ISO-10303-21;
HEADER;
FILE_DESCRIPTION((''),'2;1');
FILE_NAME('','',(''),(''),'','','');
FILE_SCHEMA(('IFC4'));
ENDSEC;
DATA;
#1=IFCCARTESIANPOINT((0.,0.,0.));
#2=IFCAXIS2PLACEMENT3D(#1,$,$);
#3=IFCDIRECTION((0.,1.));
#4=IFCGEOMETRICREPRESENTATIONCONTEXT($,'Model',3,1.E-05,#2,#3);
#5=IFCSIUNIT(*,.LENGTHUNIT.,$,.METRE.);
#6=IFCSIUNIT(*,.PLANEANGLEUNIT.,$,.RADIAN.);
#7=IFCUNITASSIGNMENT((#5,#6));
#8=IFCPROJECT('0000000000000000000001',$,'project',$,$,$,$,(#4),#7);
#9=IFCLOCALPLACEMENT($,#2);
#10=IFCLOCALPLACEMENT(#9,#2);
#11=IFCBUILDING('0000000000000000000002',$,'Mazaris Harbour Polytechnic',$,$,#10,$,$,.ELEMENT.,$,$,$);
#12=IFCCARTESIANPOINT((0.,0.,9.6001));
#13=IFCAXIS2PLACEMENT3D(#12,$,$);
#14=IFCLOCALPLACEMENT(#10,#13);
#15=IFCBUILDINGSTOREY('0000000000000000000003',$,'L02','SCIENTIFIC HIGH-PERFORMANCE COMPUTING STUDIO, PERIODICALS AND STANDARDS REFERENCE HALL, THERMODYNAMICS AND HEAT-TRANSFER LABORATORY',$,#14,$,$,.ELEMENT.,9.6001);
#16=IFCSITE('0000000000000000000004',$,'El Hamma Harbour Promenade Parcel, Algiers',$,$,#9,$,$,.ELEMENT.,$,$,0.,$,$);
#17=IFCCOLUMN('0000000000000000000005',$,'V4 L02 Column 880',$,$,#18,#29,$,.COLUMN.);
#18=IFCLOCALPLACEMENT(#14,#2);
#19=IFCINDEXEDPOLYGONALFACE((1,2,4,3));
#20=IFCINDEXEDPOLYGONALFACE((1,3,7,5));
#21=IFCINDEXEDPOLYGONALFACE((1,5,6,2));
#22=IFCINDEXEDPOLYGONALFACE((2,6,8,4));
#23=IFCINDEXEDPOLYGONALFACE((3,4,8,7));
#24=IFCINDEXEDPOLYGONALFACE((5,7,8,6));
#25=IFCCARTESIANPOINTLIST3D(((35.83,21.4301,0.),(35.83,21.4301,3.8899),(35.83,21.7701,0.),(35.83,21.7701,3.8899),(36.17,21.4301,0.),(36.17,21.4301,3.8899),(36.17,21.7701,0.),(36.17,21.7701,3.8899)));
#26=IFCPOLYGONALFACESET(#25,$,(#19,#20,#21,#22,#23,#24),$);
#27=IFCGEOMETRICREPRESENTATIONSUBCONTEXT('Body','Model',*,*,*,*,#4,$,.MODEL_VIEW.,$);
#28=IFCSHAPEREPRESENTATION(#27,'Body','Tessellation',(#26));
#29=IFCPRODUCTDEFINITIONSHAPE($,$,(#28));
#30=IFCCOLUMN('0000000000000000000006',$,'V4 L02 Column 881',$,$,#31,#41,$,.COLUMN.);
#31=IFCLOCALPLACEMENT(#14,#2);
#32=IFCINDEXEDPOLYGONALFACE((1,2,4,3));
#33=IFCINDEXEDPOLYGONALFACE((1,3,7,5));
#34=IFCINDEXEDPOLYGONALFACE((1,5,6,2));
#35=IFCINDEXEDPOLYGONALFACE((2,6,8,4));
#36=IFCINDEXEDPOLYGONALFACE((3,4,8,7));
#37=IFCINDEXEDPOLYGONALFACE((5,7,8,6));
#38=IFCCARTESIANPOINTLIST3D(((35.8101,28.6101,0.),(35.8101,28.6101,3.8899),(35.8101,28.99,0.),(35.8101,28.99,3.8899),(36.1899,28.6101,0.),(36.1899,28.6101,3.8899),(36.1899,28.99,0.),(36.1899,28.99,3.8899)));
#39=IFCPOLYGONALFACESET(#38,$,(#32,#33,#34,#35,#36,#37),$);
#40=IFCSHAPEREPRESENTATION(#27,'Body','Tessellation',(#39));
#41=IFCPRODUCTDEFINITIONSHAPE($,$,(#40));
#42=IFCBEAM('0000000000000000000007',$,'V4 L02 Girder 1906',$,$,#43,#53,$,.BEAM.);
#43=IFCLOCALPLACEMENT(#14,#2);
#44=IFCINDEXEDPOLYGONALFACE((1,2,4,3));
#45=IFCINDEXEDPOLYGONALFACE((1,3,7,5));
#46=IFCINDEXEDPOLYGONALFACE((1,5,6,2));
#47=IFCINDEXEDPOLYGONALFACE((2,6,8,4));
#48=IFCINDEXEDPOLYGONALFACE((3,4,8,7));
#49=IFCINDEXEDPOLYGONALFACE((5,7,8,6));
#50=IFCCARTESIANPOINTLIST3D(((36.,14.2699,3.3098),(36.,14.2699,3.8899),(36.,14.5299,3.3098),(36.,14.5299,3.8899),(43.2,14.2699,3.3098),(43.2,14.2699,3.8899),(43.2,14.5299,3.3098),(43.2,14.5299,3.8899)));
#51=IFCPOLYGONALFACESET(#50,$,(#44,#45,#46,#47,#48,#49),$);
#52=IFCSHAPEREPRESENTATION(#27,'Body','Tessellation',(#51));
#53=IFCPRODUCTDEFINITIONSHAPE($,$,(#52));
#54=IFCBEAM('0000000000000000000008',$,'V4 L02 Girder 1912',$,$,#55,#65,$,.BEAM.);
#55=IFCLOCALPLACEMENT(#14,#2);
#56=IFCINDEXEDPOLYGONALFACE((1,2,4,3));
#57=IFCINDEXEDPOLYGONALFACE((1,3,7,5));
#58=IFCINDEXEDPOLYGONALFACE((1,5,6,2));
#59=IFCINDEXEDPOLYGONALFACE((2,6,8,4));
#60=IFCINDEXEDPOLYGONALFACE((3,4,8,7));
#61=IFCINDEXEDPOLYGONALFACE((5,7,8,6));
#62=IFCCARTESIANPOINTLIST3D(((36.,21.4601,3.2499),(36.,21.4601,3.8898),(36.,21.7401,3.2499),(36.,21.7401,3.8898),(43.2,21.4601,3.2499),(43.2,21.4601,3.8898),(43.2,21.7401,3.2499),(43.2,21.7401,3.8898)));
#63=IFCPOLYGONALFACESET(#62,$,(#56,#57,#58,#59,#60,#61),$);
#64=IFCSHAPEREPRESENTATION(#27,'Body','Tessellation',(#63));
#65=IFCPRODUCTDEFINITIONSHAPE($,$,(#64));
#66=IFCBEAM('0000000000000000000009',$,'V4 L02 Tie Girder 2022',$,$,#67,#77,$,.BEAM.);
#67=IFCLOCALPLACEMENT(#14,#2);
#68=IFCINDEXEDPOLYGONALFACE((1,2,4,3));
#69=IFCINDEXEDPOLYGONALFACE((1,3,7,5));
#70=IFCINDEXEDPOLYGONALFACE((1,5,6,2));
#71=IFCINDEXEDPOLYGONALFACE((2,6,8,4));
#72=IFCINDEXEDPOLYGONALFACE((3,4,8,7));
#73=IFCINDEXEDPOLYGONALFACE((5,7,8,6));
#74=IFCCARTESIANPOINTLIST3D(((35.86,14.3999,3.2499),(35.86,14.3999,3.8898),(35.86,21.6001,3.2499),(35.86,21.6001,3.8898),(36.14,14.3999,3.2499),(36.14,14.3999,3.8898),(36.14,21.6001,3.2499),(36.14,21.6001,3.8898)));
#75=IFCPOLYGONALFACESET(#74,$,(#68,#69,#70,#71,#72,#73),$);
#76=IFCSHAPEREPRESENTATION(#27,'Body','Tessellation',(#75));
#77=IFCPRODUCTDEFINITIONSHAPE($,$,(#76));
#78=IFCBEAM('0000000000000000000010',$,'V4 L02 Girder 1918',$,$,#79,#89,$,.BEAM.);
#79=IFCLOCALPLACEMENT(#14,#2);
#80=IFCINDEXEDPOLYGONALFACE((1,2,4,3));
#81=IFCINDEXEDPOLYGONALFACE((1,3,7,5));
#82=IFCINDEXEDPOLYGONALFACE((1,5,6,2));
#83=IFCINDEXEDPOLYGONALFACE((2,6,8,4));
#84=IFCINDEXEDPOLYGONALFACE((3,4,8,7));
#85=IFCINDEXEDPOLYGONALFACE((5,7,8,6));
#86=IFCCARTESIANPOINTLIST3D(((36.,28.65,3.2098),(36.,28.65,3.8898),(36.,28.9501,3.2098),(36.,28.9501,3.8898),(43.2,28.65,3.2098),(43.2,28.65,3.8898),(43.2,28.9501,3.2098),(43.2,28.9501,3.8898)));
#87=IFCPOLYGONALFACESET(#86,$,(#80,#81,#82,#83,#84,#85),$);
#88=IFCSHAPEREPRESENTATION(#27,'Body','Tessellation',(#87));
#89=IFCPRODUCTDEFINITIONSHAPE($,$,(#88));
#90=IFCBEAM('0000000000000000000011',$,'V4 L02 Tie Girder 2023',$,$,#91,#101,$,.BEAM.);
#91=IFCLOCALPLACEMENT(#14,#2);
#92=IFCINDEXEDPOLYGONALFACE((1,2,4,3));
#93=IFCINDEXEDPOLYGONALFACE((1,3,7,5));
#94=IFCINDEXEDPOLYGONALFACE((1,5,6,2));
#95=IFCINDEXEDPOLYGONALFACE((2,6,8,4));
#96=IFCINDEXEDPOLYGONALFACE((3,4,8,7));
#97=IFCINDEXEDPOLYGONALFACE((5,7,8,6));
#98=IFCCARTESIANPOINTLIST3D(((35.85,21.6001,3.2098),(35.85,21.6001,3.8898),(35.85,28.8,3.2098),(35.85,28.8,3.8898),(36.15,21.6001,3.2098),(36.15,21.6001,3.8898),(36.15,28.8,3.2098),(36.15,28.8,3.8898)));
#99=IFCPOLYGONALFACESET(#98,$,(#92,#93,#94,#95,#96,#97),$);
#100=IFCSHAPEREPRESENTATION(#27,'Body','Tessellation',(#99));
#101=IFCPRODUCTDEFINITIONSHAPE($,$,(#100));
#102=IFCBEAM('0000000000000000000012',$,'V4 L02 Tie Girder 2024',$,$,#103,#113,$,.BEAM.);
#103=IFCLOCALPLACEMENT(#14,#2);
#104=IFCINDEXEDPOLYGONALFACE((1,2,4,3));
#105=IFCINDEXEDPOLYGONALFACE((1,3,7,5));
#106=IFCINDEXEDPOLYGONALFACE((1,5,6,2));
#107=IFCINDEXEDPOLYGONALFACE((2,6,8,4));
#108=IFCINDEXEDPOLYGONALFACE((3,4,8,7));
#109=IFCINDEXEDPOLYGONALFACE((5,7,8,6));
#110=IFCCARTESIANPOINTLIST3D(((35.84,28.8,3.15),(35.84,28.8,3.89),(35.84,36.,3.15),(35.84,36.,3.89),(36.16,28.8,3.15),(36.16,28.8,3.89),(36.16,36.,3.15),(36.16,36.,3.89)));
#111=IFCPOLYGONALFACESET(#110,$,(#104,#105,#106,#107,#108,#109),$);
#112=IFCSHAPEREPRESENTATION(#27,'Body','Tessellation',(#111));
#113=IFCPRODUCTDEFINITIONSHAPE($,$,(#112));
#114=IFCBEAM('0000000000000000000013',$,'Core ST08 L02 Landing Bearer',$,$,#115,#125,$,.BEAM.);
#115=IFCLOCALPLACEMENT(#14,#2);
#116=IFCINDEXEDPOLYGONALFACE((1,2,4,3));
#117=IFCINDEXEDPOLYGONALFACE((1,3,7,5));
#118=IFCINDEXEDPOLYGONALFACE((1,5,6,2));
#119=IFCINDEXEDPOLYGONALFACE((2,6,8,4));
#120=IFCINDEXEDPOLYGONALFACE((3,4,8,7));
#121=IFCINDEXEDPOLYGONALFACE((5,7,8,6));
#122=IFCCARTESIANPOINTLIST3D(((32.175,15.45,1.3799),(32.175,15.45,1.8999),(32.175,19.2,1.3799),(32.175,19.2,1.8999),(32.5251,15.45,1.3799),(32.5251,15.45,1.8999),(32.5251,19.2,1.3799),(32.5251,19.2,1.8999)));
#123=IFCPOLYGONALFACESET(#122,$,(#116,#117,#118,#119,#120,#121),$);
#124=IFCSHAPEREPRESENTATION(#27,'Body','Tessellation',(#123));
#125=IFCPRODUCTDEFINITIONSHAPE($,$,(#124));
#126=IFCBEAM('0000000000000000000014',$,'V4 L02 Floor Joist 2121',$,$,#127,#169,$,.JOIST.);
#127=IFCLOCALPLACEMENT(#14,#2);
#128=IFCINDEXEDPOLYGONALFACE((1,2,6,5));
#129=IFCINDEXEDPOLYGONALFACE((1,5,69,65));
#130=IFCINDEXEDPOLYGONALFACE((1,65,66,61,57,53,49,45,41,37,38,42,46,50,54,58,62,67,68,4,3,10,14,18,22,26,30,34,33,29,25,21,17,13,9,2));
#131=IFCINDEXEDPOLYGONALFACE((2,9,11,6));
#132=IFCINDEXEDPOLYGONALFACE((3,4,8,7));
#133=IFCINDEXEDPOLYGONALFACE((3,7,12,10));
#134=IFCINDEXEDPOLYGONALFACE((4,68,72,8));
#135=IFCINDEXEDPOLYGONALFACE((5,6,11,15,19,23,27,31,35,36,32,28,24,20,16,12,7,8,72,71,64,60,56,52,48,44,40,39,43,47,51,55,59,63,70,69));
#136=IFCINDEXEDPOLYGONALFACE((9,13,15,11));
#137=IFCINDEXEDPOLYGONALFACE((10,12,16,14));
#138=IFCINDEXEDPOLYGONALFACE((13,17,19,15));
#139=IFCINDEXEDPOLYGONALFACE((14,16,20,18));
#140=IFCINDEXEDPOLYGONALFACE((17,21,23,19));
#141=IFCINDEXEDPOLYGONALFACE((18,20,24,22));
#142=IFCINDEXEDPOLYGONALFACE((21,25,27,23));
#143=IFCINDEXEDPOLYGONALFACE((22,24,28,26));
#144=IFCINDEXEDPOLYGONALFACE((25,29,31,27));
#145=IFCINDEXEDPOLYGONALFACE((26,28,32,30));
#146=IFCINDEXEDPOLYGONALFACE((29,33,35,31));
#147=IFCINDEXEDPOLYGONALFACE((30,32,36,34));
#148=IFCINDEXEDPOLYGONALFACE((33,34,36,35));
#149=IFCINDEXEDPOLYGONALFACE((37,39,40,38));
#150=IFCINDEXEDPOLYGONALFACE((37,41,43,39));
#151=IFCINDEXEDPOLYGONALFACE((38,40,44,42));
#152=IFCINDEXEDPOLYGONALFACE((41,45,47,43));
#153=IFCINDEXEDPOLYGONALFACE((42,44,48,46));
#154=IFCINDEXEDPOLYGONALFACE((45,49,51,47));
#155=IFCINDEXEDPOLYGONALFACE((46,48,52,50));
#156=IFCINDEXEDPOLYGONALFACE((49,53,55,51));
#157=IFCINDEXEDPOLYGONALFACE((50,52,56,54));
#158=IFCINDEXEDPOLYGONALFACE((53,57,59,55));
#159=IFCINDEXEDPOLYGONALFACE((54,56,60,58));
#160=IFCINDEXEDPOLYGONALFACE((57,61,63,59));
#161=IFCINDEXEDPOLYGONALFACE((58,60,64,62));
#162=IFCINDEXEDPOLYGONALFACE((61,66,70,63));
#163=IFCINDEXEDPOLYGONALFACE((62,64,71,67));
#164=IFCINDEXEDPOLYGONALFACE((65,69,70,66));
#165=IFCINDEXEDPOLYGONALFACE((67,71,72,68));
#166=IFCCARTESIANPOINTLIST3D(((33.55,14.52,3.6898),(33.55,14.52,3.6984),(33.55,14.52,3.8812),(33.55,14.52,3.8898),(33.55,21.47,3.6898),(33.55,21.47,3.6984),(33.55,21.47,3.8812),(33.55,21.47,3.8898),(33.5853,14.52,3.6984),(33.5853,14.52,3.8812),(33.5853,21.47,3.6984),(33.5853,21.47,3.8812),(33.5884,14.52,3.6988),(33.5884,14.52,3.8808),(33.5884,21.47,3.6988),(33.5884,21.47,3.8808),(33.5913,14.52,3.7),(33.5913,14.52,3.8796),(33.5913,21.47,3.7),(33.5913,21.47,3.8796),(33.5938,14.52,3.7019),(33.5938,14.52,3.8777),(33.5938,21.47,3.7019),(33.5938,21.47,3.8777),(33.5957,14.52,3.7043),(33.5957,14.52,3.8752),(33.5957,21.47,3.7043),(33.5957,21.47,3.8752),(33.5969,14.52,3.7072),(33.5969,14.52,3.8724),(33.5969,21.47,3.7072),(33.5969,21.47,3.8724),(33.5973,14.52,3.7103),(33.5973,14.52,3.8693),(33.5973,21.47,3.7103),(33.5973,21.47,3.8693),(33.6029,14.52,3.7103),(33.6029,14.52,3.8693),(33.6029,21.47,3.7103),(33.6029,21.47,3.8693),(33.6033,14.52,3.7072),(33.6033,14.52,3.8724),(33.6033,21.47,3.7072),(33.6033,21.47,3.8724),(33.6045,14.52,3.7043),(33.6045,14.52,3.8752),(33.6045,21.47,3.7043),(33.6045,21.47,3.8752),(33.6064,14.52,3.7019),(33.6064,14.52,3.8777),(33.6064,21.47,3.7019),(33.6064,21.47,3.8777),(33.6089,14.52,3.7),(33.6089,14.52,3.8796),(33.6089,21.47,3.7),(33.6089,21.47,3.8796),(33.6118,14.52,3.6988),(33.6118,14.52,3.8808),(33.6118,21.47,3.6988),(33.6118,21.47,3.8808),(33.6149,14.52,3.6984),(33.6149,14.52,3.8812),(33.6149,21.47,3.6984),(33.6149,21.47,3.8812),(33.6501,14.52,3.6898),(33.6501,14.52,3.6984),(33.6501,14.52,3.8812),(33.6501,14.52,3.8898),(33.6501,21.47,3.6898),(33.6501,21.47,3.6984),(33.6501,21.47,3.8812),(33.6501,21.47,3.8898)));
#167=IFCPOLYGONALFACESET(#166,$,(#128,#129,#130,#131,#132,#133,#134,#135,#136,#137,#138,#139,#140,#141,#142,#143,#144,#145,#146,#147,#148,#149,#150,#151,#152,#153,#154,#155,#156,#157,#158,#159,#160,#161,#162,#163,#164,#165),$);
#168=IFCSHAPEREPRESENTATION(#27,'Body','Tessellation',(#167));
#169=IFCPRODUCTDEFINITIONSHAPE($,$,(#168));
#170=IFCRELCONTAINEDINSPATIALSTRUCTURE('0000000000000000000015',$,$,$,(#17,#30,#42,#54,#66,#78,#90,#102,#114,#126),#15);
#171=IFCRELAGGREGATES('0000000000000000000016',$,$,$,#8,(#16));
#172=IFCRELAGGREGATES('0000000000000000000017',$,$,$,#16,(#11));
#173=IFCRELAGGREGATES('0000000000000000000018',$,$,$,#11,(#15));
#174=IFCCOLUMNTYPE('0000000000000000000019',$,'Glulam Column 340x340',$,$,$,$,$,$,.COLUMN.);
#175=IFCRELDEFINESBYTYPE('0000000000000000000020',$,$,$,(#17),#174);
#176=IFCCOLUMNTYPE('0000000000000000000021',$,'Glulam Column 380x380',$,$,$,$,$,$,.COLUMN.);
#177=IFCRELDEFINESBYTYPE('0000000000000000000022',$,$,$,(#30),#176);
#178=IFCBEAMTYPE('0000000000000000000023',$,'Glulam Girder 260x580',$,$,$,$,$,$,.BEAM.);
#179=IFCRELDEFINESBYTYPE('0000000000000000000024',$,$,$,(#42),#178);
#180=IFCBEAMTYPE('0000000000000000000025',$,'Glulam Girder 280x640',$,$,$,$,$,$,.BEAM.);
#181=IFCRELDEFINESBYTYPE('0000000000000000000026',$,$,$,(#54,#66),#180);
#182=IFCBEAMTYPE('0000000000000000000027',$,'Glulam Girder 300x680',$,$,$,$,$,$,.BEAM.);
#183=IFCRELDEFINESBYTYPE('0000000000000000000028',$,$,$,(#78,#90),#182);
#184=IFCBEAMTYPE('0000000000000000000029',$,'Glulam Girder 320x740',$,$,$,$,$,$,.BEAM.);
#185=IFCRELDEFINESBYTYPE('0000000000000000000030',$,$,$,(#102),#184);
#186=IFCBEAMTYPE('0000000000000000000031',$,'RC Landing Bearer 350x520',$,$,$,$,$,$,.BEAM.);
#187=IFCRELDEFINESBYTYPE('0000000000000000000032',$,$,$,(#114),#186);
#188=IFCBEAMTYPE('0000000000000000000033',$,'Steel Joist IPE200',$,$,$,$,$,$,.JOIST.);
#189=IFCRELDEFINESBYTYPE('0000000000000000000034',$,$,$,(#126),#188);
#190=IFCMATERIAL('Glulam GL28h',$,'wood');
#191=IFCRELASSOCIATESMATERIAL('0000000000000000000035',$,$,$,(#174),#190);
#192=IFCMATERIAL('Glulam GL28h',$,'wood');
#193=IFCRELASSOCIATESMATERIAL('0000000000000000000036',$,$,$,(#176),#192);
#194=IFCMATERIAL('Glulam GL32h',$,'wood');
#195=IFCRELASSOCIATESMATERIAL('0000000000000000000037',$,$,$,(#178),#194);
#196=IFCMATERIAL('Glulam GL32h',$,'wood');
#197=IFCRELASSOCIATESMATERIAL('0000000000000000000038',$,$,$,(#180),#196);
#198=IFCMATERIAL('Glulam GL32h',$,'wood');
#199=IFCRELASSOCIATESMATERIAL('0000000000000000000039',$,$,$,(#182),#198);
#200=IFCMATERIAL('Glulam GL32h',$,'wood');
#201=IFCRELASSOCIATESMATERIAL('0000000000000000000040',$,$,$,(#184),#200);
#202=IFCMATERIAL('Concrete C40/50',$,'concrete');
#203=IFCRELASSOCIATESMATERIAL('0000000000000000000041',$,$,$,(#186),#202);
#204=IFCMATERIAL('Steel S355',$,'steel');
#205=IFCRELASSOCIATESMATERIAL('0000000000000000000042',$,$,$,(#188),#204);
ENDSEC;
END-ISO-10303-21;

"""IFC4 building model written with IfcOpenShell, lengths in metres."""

from ifc_helpers import new_model, si_unit, direction, frame, origin, origin_2d, place, context, subcontext, project, spatial, rectangle, i_section, extrude, material, material_profile, profile_set, type_object, element, save


model = new_model("IFC4")

# Units and contexts
model_context = context("Model", 3, precision=1e-05, world=origin(), true_north=direction((0.0, 1.0)))
body_context = subcontext(model_context, "Body", "Model", "MODEL_VIEW")
ifc_project = project(units=[si_unit("LENGTHUNIT", "METRE"), si_unit("PLANEANGLEUNIT", "RADIAN")], contexts=[model_context])

# Site, building, storey
site_placement = place(None, origin())
site = spatial("IfcSite", under=ifc_project, at=site_placement, Name="El Hamma Harbour Promenade Parcel, Algiers", CompositionType="ELEMENT", RefElevation=0.0)
building_placement = place(site_placement, origin())
building = spatial("IfcBuilding", under=site, at=building_placement, Name="Mazaris Harbour Polytechnic", CompositionType="ELEMENT")
storey_placement = place(building_placement, frame((0.0, 0.0, 9.6001)))
storey = spatial("IfcBuildingStorey", under=building, at=storey_placement, Name="L02", Description="SCIENTIFIC HIGH-PERFORMANCE COMPUTING STUDIO, PERIODICALS AND STANDARDS REFERENCE HALL, THERMODYNAMICS AND HEAT-TRANSFER LABORATORY", CompositionType="ELEMENT", Elevation=9.6001)

# Columns
ifc_material_1 = material(Name="Glulam GL28h", Category="wood")
ifc_material_profile_1 = material_profile(ifc_material_1, rectangle(XDim=0.3401, YDim=0.3401, at=origin_2d()), Name="RECT340x340")
ifc_profile_set_1 = profile_set([ifc_material_profile_1], Name="Glulam GL28h")
column_type_1 = type_object("IfcColumnType", Name="Glulam Column 340x340", PredefinedType="COLUMN", material=ifc_profile_set_1)
column_1_placement = place(storey_placement, frame((36.0, 21.6001, 0.0), z_axis=(0.0, 0.0, 1.0), x_axis=(1.0, 0.0, 0.0)))
element("IfcColumn", 1, at=column_1_placement, inside=storey, type_object=column_type_1, Name="V4 L02 Column 880", PredefinedType="COLUMN", context=body_context, shape_type="SweptSolid", body=[
    extrude(rectangle(XDim=0.3401, YDim=0.3401, at=origin_2d()), origin(), (0.0, 0.0, 1.0), 3.8899),
])
ifc_material_2 = material(Name="Glulam GL28h", Category="wood")
ifc_material_profile_2 = material_profile(ifc_material_2, rectangle(XDim=0.3799, YDim=0.3799, at=origin_2d()), Name="RECT380x380")
ifc_profile_set_2 = profile_set([ifc_material_profile_2], Name="Glulam GL28h")
column_type_2 = type_object("IfcColumnType", Name="Glulam Column 380x380", PredefinedType="COLUMN", material=ifc_profile_set_2)
column_2_placement = place(storey_placement, frame((36.0, 28.8, 0.0), z_axis=(0.0, 0.0, 1.0), x_axis=(1.0, 0.0, 0.0)))
element("IfcColumn", 2, at=column_2_placement, inside=storey, type_object=column_type_2, Name="V4 L02 Column 881", PredefinedType="COLUMN", context=body_context, shape_type="SweptSolid", body=[
    extrude(rectangle(XDim=0.3799, YDim=0.3799, at=origin_2d()), origin(), (0.0, 0.0, 1.0), 3.8899),
])

# Beams
ifc_material_3 = material(Name="Glulam GL32h", Category="wood")
ifc_material_profile_3 = material_profile(ifc_material_3, rectangle(XDim=0.26, YDim=0.5801, at=origin_2d()), Name="RECT260x580")
ifc_profile_set_3 = profile_set([ifc_material_profile_3], Name="Glulam GL32h")
beam_type_1 = type_object("IfcBeamType", Name="Glulam Girder 260x580", PredefinedType="BEAM", material=ifc_profile_set_3)
beam_1_placement = place(storey_placement, frame((36.0, 14.3999, 3.5999), z_axis=(1.0, 0.0, 0.0), x_axis=(0.0, 1.0, 0.0)))
element("IfcBeam", 3, at=beam_1_placement, inside=storey, type_object=beam_type_1, Name="V4 L02 Girder 1906", PredefinedType="BEAM", context=body_context, shape_type="SweptSolid", body=[
    extrude(rectangle(XDim=0.26, YDim=0.5801, at=origin_2d()), origin(), (0.0, 0.0, 1.0), 7.2),
])
ifc_material_4 = material(Name="Glulam GL32h", Category="wood")
ifc_material_profile_4 = material_profile(ifc_material_4, rectangle(XDim=0.28, YDim=0.6399, at=origin_2d()), Name="RECT280x640")
ifc_profile_set_4 = profile_set([ifc_material_profile_4], Name="Glulam GL32h")
beam_type_2 = type_object("IfcBeamType", Name="Glulam Girder 280x640", PredefinedType="BEAM", material=ifc_profile_set_4)
beam_2_placement = place(storey_placement, frame((36.0, 21.6001, 3.5698), z_axis=(1.0, 0.0, 0.0), x_axis=(0.0, 1.0, 0.0)))
element("IfcBeam", 4, at=beam_2_placement, inside=storey, type_object=beam_type_2, Name="V4 L02 Girder 1912", PredefinedType="BEAM", context=body_context, shape_type="SweptSolid", body=[
    extrude(rectangle(XDim=0.28, YDim=0.6399, at=origin_2d()), origin(), (0.0, 0.0, 1.0), 7.2),
])
beam_3_placement = place(storey_placement, frame((36.0, 14.3999, 3.5698), z_axis=(0.0, 1.0, 0.0), x_axis=(-1.0, 0.0, 0.0)))
element("IfcBeam", 5, at=beam_3_placement, inside=storey, type_object=beam_type_2, Name="V4 L02 Tie Girder 2022", PredefinedType="BEAM", context=body_context, shape_type="SweptSolid", body=[
    extrude(rectangle(XDim=0.28, YDim=0.6399, at=origin_2d()), origin(), (0.0, 0.0, 1.0), 7.2002),
])
ifc_material_5 = material(Name="Glulam GL32h", Category="wood")
ifc_material_profile_5 = material_profile(ifc_material_5, rectangle(XDim=0.3, YDim=0.6799, at=origin_2d()), Name="RECT300x680")
ifc_profile_set_5 = profile_set([ifc_material_profile_5], Name="Glulam GL32h")
beam_type_3 = type_object("IfcBeamType", Name="Glulam Girder 300x680", PredefinedType="BEAM", material=ifc_profile_set_5)
for number, where, z_axis, x_axis, name in (
    (6, (36.0, 28.8, 3.5498), (1.0, 0.0, 0.0), (0.0, 1.0, 0.0), "V4 L02 Girder 1918"),
    (7, (36.0, 21.6001, 3.5498), (0.0, 1.0, 0.0), (-1.0, 0.0, 0.0), "V4 L02 Tie Girder 2023"),
):
    element("IfcBeam", number, at=place(storey_placement, frame(where, z_axis=z_axis, x_axis=x_axis)), inside=storey, type_object=beam_type_3, Name=name, PredefinedType="BEAM", context=body_context, shape_type="SweptSolid", body=[
        extrude(rectangle(XDim=0.3, YDim=0.6799, at=origin_2d()), origin(), (0.0, 0.0, 1.0), 7.2),
    ])
ifc_material_6 = material(Name="Glulam GL32h", Category="wood")
ifc_material_profile_6 = material_profile(ifc_material_6, rectangle(XDim=0.3201, YDim=0.74, at=origin_2d()), Name="RECT320x740")
ifc_profile_set_6 = profile_set([ifc_material_profile_6], Name="Glulam GL32h")
beam_type_4 = type_object("IfcBeamType", Name="Glulam Girder 320x740", PredefinedType="BEAM", material=ifc_profile_set_6)
beam_4_placement = place(storey_placement, frame((36.0, 28.8, 3.52), z_axis=(0.0, 1.0, 0.0), x_axis=(-1.0, 0.0, 0.0)))
element("IfcBeam", 8, at=beam_4_placement, inside=storey, type_object=beam_type_4, Name="V4 L02 Tie Girder 2024", PredefinedType="BEAM", context=body_context, shape_type="SweptSolid", body=[
    extrude(rectangle(XDim=0.3201, YDim=0.74, at=origin_2d()), origin(), (0.0, 0.0, 1.0), 7.2),
])
ifc_material_7 = material(Name="Concrete C40/50", Category="concrete")
ifc_material_profile_7 = material_profile(ifc_material_7, rectangle(XDim=0.3501, YDim=0.52, at=origin_2d()), Name="RECT350x520")
ifc_profile_set_7 = profile_set([ifc_material_profile_7], Name="Concrete C40/50")
beam_type_5 = type_object("IfcBeamType", Name="RC Landing Bearer 350x520", PredefinedType="BEAM", material=ifc_profile_set_7)
beam_5_placement = place(storey_placement, frame((32.3501, 15.45, 1.6399), z_axis=(0.0, 1.0, 0.0), x_axis=(-1.0, 0.0, 0.0)))
element("IfcBeam", 9, at=beam_5_placement, inside=storey, type_object=beam_type_5, Name="Core ST08 L02 Landing Bearer", PredefinedType="BEAM", context=body_context, shape_type="SweptSolid", body=[
    extrude(rectangle(XDim=0.3501, YDim=0.52, at=origin_2d()), origin(), (0.0, 0.0, 1.0), 3.75),
])
ifc_material_8 = material(Name="Steel S355", Category="steel")
ifc_material_profile_8 = material_profile(ifc_material_8, i_section(OverallWidth=0.1001, OverallDepth=0.2, WebThickness=0.0056, FlangeThickness=0.0085, FilletRadius=0.012, at=origin_2d()), Name="IPE 200")
ifc_profile_set_8 = profile_set([ifc_material_profile_8], Name="Steel S355")
beam_type_6 = type_object("IfcBeamType", Name="Steel Joist IPE200", PredefinedType="JOIST", material=ifc_profile_set_8)
beam_6_placement = place(storey_placement, frame((33.6001, 14.52, 3.7898), z_axis=(0.0, 1.0, 0.0), x_axis=(-1.0, 0.0, 0.0)))
element("IfcBeam", 10, at=beam_6_placement, inside=storey, type_object=beam_type_6, Name="V4 L02 Floor Joist 2121", PredefinedType="JOIST", context=body_context, shape_type="SweptSolid", body=[
    extrude(i_section(OverallWidth=0.1001, OverallDepth=0.2, WebThickness=0.0056, FlangeThickness=0.0085, FilletRadius=0.012, at=origin_2d()), origin(), (0.0, 0.0, 1.0), 6.95),
])

save(model, "model.ifc")
